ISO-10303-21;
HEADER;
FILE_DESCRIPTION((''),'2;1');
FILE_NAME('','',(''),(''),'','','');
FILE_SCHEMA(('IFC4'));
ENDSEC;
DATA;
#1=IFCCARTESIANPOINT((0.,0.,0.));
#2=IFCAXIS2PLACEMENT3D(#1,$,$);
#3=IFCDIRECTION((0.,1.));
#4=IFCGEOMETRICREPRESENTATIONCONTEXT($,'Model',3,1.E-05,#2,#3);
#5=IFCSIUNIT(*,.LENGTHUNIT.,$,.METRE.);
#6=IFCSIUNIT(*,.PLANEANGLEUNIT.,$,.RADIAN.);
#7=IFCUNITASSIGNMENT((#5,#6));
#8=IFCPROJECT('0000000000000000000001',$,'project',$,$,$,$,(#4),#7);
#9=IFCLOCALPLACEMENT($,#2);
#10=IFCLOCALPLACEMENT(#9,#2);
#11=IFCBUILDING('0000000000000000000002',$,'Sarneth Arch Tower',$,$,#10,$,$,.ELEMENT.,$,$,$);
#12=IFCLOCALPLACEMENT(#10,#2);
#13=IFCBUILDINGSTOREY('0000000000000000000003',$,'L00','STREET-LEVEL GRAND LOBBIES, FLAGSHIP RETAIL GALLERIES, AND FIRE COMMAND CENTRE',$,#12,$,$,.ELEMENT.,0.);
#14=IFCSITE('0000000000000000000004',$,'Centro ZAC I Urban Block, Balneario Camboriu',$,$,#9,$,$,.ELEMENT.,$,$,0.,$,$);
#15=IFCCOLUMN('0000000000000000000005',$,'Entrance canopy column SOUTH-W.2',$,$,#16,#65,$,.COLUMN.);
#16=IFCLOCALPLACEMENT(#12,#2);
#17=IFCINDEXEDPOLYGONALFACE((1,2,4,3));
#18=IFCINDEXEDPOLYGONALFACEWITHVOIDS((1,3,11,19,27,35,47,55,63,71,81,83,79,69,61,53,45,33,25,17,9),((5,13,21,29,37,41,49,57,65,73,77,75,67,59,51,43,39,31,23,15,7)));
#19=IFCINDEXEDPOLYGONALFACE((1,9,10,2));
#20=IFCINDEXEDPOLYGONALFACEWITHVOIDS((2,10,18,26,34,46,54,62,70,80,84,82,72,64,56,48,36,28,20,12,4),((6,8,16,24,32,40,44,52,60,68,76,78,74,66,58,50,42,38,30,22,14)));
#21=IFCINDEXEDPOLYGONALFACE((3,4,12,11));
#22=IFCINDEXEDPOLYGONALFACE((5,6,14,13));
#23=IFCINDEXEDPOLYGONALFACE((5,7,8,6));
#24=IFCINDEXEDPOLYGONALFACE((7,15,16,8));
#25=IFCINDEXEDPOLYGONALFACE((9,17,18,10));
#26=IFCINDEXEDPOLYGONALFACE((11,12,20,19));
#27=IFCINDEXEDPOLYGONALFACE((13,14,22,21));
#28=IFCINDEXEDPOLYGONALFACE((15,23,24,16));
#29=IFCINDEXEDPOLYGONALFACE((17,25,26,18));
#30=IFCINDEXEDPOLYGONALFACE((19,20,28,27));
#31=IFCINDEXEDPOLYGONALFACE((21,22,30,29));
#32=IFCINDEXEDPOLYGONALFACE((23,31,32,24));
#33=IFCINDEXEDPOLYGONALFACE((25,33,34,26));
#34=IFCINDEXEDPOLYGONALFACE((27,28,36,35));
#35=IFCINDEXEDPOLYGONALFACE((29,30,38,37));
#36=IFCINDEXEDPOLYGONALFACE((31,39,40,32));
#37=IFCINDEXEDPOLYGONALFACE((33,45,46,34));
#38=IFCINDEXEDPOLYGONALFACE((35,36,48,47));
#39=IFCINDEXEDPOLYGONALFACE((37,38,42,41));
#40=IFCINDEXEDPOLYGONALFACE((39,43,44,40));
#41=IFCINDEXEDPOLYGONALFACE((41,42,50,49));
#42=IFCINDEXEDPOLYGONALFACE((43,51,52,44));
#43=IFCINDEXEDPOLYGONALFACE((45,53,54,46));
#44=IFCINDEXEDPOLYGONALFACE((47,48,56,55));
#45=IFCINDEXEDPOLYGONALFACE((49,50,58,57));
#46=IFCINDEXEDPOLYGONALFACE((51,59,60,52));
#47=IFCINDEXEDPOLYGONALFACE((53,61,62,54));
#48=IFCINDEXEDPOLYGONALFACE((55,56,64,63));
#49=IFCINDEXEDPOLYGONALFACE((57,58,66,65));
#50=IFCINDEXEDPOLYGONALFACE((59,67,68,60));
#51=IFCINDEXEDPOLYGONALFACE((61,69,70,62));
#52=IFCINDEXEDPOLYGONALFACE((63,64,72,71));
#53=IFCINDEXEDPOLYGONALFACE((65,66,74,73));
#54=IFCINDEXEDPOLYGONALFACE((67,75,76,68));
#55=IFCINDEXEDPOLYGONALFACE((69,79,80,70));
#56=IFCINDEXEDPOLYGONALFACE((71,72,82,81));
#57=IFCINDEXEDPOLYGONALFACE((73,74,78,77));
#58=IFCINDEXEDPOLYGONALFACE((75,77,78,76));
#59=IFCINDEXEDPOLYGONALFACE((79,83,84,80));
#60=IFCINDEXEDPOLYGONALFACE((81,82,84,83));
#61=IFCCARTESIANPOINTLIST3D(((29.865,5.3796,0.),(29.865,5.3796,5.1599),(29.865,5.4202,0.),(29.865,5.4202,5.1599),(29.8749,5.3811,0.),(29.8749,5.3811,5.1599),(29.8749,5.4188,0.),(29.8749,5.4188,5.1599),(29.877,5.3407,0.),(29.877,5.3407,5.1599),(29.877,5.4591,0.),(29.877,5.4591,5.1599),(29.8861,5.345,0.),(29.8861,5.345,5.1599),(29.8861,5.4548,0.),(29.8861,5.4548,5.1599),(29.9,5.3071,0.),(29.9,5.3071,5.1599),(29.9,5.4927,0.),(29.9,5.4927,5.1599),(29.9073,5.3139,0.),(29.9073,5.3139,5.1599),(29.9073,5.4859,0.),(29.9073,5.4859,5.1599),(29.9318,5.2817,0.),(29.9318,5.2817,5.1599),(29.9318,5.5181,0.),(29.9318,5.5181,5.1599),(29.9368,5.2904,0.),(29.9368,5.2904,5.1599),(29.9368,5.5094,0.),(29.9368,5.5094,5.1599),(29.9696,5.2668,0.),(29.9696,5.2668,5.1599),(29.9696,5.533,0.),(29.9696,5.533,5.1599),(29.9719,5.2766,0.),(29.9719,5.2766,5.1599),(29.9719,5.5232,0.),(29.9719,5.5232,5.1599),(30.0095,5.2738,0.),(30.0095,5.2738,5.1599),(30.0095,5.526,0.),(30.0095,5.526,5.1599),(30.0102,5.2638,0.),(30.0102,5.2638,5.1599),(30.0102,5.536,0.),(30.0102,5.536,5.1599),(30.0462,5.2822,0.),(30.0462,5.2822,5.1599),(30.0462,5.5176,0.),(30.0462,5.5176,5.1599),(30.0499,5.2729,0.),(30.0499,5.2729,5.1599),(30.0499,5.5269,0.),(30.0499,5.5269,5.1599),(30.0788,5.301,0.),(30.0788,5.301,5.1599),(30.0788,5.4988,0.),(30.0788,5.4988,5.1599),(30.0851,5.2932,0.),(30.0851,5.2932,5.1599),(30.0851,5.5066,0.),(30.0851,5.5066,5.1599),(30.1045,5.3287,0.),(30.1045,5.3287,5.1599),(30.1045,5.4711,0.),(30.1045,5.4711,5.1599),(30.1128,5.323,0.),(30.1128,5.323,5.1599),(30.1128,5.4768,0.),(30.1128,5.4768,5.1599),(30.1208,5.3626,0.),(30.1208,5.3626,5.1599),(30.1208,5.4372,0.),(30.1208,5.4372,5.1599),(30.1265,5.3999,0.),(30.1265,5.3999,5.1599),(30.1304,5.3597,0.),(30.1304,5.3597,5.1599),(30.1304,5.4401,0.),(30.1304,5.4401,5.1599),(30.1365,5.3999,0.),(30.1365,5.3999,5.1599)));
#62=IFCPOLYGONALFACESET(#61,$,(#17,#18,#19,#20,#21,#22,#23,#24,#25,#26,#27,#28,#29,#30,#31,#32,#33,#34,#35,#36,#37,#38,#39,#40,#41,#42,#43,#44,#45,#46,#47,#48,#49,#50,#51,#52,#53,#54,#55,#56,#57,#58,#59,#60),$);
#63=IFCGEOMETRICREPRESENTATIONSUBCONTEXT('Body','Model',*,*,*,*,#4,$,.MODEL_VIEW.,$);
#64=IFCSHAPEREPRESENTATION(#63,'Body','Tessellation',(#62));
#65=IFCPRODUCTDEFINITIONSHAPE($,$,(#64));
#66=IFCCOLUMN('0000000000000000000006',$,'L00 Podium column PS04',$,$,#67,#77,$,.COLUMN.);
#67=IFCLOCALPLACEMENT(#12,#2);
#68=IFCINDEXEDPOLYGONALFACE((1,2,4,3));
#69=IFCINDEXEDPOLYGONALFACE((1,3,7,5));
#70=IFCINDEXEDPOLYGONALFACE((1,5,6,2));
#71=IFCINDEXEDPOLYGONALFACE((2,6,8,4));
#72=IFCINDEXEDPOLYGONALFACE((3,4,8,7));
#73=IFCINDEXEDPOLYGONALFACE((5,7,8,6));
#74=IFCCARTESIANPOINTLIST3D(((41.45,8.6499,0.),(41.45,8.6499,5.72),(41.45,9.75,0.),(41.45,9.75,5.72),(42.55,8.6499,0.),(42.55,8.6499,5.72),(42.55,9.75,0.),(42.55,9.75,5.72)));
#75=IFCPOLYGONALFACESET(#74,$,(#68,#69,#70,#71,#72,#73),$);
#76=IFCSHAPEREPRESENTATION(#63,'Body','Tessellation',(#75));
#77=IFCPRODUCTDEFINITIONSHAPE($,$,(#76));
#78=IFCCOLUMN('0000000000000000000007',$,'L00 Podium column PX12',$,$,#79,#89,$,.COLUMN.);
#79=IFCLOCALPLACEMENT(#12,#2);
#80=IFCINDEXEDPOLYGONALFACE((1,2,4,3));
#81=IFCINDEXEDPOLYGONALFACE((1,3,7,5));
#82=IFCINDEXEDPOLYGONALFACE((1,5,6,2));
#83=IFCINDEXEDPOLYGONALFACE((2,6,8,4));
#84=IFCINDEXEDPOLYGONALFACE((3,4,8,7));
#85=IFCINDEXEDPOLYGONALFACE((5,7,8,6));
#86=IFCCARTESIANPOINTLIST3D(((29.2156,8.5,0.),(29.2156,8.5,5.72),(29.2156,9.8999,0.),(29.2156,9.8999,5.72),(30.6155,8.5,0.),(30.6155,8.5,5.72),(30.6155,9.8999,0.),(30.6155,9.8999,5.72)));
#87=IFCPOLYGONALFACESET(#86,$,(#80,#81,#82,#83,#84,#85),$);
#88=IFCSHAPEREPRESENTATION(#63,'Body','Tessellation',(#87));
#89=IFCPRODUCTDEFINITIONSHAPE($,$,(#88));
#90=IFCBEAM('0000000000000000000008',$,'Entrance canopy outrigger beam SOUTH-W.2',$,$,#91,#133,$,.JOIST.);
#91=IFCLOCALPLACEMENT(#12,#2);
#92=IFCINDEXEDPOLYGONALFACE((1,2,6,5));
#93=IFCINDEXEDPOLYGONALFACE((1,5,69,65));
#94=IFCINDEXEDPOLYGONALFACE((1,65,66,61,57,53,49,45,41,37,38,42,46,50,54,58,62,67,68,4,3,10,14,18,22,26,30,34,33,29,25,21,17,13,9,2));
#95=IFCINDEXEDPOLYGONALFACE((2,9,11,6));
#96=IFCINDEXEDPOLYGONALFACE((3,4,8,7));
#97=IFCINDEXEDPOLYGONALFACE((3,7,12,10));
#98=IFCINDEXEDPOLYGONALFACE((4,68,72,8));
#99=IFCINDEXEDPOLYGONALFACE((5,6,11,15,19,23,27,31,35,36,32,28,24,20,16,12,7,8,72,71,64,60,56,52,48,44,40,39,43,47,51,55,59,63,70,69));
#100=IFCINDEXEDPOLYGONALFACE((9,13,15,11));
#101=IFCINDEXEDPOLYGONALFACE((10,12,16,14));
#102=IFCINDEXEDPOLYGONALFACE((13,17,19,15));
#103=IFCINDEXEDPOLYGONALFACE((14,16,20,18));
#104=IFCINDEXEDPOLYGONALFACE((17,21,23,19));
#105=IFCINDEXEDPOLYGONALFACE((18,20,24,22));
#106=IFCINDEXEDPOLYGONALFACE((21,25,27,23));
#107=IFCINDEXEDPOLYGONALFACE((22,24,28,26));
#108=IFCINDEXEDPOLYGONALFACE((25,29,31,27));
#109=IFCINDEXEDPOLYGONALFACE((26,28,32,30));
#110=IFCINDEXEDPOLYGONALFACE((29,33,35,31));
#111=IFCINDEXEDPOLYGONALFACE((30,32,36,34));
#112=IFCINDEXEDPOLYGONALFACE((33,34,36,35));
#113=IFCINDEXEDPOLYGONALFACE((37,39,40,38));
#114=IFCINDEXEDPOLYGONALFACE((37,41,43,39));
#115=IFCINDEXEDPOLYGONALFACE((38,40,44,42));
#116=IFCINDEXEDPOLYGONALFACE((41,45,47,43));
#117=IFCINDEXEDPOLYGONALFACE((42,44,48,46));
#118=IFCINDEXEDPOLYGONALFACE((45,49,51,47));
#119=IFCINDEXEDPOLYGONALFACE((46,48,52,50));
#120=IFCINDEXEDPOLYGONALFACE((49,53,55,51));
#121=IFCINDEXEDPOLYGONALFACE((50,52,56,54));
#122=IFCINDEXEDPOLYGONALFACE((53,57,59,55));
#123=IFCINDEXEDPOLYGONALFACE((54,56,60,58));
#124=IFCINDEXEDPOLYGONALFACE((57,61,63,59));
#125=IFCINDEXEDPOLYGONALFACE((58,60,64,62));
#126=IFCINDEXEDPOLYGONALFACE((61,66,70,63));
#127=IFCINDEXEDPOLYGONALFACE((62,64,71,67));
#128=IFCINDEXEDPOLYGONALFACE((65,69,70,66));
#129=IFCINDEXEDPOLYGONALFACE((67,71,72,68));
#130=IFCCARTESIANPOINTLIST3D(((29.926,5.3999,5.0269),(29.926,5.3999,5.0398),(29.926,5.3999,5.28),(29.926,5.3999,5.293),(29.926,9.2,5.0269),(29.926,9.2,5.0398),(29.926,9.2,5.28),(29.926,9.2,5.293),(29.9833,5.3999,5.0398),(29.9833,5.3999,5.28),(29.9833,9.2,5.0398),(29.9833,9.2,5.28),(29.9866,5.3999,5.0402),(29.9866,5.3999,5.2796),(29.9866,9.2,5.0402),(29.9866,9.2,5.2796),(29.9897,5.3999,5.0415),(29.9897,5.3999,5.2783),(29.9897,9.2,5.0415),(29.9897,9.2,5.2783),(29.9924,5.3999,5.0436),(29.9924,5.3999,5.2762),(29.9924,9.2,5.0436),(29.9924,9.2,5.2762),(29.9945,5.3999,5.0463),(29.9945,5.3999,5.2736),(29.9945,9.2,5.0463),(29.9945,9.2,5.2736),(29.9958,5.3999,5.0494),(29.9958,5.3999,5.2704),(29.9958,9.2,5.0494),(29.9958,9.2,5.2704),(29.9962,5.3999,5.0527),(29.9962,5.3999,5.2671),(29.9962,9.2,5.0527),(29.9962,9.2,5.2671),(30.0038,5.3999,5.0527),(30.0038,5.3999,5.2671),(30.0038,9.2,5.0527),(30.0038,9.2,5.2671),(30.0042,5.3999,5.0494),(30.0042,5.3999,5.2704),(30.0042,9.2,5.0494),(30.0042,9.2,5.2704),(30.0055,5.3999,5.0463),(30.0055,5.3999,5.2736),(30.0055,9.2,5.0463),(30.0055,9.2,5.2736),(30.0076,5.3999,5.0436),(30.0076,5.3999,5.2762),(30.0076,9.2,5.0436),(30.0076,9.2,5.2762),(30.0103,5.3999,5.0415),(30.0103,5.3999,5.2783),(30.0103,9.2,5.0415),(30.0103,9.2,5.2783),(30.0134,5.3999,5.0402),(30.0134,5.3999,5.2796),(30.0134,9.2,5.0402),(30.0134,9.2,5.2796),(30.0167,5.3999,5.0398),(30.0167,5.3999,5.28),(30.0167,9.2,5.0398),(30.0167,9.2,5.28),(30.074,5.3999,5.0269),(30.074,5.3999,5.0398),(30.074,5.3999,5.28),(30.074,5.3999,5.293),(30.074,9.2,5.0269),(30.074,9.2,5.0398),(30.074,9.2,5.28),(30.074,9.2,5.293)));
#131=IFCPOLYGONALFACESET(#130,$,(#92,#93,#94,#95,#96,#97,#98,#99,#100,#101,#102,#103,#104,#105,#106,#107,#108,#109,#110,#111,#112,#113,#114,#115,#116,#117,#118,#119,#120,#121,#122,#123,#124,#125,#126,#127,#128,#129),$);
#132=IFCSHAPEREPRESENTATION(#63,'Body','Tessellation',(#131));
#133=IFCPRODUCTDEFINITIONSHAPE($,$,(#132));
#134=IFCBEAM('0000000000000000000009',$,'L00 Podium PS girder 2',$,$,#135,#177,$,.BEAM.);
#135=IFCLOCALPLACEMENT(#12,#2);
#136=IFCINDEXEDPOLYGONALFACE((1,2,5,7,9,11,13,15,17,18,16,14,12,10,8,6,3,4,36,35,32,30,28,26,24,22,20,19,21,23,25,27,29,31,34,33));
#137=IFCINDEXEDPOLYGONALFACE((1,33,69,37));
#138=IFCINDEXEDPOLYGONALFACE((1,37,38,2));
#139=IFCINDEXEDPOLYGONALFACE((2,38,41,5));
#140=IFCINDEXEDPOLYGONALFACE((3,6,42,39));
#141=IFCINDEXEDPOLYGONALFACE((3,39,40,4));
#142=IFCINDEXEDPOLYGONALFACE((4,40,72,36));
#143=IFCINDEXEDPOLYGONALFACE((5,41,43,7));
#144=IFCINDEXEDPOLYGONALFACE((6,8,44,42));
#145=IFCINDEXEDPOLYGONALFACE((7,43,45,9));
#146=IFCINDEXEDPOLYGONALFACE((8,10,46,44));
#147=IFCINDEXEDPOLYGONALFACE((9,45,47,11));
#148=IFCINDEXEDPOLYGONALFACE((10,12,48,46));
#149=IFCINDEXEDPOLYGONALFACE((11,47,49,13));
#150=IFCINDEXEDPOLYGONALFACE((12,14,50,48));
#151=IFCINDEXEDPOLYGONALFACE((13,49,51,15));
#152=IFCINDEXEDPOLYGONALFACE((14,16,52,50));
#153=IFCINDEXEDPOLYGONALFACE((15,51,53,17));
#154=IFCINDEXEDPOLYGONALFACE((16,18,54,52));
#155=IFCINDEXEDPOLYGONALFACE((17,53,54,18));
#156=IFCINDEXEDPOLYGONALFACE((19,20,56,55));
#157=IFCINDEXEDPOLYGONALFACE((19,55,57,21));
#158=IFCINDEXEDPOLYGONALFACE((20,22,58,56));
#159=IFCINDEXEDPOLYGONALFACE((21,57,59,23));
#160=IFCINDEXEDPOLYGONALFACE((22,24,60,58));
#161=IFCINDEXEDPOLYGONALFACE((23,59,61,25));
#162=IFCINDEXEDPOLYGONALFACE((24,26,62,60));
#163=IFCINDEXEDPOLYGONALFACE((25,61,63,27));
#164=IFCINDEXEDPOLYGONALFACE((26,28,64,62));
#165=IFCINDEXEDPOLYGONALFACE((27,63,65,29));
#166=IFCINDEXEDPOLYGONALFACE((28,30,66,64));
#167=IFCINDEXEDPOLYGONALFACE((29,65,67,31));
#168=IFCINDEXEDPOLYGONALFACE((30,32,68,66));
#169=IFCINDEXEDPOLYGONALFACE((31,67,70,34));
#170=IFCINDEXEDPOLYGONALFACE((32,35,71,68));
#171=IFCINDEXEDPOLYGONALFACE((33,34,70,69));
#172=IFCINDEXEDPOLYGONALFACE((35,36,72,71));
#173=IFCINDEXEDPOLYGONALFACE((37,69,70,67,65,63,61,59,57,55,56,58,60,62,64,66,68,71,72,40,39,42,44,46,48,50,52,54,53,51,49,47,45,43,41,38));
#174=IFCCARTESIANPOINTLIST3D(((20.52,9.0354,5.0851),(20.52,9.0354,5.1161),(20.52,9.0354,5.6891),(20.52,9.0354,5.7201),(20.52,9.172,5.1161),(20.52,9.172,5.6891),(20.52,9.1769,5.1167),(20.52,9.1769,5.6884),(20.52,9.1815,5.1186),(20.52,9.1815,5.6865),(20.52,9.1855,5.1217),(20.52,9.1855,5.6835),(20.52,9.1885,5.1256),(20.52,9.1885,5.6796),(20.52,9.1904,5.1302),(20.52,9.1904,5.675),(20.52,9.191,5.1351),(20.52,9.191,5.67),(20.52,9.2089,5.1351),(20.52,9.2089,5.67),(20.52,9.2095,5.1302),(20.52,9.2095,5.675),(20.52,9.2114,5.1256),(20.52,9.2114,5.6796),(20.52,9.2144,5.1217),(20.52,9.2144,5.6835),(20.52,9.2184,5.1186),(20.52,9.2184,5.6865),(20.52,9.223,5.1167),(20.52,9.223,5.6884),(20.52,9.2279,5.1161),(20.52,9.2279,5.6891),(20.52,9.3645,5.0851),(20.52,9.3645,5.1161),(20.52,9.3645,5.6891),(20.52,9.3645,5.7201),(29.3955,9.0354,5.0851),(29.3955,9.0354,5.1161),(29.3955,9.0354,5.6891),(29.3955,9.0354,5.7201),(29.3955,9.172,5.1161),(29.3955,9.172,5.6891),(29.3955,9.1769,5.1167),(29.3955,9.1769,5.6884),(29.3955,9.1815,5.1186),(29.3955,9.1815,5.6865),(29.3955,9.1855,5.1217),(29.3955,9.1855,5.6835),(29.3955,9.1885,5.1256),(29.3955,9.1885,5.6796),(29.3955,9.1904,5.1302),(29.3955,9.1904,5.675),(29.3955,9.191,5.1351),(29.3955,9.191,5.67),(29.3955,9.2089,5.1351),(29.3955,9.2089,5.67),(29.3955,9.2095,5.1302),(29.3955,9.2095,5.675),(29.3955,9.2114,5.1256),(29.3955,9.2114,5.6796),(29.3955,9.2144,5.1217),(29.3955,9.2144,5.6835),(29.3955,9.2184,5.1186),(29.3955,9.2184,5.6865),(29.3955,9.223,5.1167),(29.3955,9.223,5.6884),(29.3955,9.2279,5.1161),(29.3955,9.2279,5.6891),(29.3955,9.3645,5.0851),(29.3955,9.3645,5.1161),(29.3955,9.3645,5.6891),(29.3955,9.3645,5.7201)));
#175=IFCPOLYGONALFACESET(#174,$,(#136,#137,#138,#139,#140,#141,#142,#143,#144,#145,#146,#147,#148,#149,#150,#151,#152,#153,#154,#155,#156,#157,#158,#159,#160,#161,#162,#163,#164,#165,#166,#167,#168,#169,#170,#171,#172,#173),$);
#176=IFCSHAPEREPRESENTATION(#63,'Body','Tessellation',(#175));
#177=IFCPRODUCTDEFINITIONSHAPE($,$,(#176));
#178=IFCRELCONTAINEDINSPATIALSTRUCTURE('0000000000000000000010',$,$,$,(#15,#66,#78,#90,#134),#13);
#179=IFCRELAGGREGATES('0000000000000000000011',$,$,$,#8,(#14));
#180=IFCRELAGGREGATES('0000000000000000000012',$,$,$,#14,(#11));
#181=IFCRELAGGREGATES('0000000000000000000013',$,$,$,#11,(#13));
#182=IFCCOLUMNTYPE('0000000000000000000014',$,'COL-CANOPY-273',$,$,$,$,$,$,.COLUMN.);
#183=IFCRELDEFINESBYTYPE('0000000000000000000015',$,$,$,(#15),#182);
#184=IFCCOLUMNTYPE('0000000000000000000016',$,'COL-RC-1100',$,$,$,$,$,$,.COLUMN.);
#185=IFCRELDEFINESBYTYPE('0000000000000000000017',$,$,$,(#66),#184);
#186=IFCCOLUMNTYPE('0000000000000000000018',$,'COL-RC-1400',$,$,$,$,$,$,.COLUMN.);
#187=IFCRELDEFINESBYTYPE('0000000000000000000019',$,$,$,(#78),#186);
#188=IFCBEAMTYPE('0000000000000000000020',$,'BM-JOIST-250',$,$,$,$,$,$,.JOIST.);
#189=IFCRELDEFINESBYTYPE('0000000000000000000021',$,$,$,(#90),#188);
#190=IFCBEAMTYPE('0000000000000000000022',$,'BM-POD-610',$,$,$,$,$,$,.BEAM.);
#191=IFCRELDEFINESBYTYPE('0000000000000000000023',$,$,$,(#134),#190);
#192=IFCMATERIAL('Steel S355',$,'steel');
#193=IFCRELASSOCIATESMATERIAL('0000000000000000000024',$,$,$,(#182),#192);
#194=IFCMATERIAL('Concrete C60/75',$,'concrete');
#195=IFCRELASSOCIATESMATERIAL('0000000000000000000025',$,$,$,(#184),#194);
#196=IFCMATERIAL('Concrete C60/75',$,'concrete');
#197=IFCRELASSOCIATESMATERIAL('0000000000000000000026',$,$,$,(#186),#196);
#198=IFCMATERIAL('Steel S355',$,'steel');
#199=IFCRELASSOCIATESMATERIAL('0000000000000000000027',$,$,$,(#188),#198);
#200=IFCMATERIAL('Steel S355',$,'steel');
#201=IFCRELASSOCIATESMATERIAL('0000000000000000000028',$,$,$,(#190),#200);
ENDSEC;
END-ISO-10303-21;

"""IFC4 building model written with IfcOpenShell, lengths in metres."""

from ifc_helpers import new_model, si_unit, direction, frame, origin, origin_2d, place, context, subcontext, project, spatial, rectangle, hollow_circle, i_section, extrude, material, material_profile, profile_set, type_object, element, save


model = new_model("IFC4")

# Units and contexts
model_context = context("Model", 3, precision=1e-05, world=origin(), true_north=direction((0.0, 1.0)))
body_context = subcontext(model_context, "Body", "Model", "MODEL_VIEW")
ifc_project = project(units=[si_unit("LENGTHUNIT", "METRE"), si_unit("PLANEANGLEUNIT", "RADIAN")], contexts=[model_context])

# Site, building, storey
site_placement = place(None, origin())
site = spatial("IfcSite", under=ifc_project, at=site_placement, Name="Centro ZAC I Urban Block, Balneario Camboriu", CompositionType="ELEMENT", RefElevation=0.0)
building_placement = place(site_placement, origin())
building = spatial("IfcBuilding", under=site, at=building_placement, Name="Sarneth Arch Tower", CompositionType="ELEMENT")
storey_placement = place(building_placement, origin())
storey = spatial("IfcBuildingStorey", under=building, at=storey_placement, Name="L00", Description="STREET-LEVEL GRAND LOBBIES, FLAGSHIP RETAIL GALLERIES, AND FIRE COMMAND CENTRE", CompositionType="ELEMENT", Elevation=0.0)

# Columns
ifc_material_1 = material(Name="Steel S355", Category="steel")
ifc_material_profile_1 = material_profile(ifc_material_1, hollow_circle(Radius=0.1365, WallThickness=0.01, at=origin_2d()), Name="CHS273x10")
ifc_profile_set_1 = profile_set([ifc_material_profile_1], Name="Steel S355")
column_type_1 = type_object("IfcColumnType", Name="COL-CANOPY-273", PredefinedType="COLUMN", material=ifc_profile_set_1)
column_1_placement = place(storey_placement, frame((30.0, 5.3999, 0.0), z_axis=(0.0, 0.0, 1.0), x_axis=(1.0, 0.0, 0.0)))
element("IfcColumn", 1, at=column_1_placement, inside=storey, type_object=column_type_1, Name="Entrance canopy column SOUTH-W.2", PredefinedType="COLUMN", context=body_context, shape_type="SweptSolid", body=[
    extrude(hollow_circle(Radius=0.1365, WallThickness=0.01, at=origin_2d()), origin(), (0.0, 0.0, 1.0), 5.1599),
])
ifc_material_2 = material(Name="Concrete C60/75", Category="concrete")
ifc_material_profile_2 = material_profile(ifc_material_2, rectangle(XDim=1.1001, YDim=1.1001, at=origin_2d()), Name="RC-1100x1100")
ifc_profile_set_2 = profile_set([ifc_material_profile_2], Name="Concrete C60/75")
column_type_2 = type_object("IfcColumnType", Name="COL-RC-1100", PredefinedType="COLUMN", material=ifc_profile_set_2)
column_2_placement = place(storey_placement, frame((42.0, 9.2, 0.0), z_axis=(0.0, 0.0, 1.0), x_axis=(1.0, 0.0, 0.0)))
element("IfcColumn", 2, at=column_2_placement, inside=storey, type_object=column_type_2, Name="L00 Podium column PS04", PredefinedType="COLUMN", context=body_context, shape_type="SweptSolid", body=[
    extrude(rectangle(XDim=1.1001, YDim=1.1001, at=origin_2d()), origin(), (0.0, 0.0, 1.0), 5.72),
])
ifc_material_3 = material(Name="Concrete C60/75", Category="concrete")
ifc_material_profile_3 = material_profile(ifc_material_3, rectangle(XDim=1.3999, YDim=1.3999, at=origin_2d()), Name="RC-1400x1400")
ifc_profile_set_3 = profile_set([ifc_material_profile_3], Name="Concrete C60/75")
column_type_3 = type_object("IfcColumnType", Name="COL-RC-1400", PredefinedType="COLUMN", material=ifc_profile_set_3)
column_3_placement = place(storey_placement, frame((29.9155, 9.2, 0.0), z_axis=(0.0, 0.0, 1.0), x_axis=(1.0, 0.0, 0.0)))
element("IfcColumn", 3, at=column_3_placement, inside=storey, type_object=column_type_3, Name="L00 Podium column PX12", PredefinedType="COLUMN", context=body_context, shape_type="SweptSolid", body=[
    extrude(rectangle(XDim=1.3999, YDim=1.3999, at=origin_2d()), origin(), (0.0, 0.0, 1.0), 5.72),
])

# Beams
ifc_material_4 = material(Name="Steel S355", Category="steel")
ifc_material_profile_4 = material_profile(ifc_material_4, i_section(OverallWidth=0.1479, OverallDepth=0.2661, WebThickness=0.0076, FlangeThickness=0.0129, FilletRadius=0.0129, at=origin_2d()), Name="W250x44.8")
ifc_profile_set_4 = profile_set([ifc_material_profile_4], Name="Steel S355")
beam_type_1 = type_object("IfcBeamType", Name="BM-JOIST-250", PredefinedType="JOIST", material=ifc_profile_set_4)
beam_1_placement = place(storey_placement, frame((30.0, 9.2, 5.1599), z_axis=(0.0, -1.0, 0.0), x_axis=(1.0, 0.0, 0.0)))
element("IfcBeam", 4, at=beam_1_placement, inside=storey, type_object=beam_type_1, Name="Entrance canopy outrigger beam SOUTH-W.2", PredefinedType="JOIST", context=body_context, shape_type="SweptSolid", body=[
    extrude(i_section(OverallWidth=0.1479, OverallDepth=0.2661, WebThickness=0.0076, FlangeThickness=0.0129, FilletRadius=0.0129, at=origin_2d()), origin(), (0.0, 0.0, 1.0), 3.8),
])
ifc_material_5 = material(Name="Steel S355", Category="steel")
ifc_material_profile_5 = material_profile(ifc_material_5, i_section(OverallWidth=0.3291, OverallDepth=0.635, WebThickness=0.0178, FlangeThickness=0.031, FilletRadius=0.019, at=origin_2d()), Name="W610x241")
ifc_profile_set_5 = profile_set([ifc_material_profile_5], Name="Steel S355")
beam_type_2 = type_object("IfcBeamType", Name="BM-POD-610", PredefinedType="BEAM", material=ifc_profile_set_5)
beam_2_placement = place(storey_placement, frame((20.52, 9.2, 5.4026), z_axis=(1.0, 0.0, 0.0), x_axis=(0.0, 1.0, 0.0)))
element("IfcBeam", 5, at=beam_2_placement, inside=storey, type_object=beam_type_2, Name="L00 Podium PS girder 2", PredefinedType="BEAM", context=body_context, shape_type="SweptSolid", body=[
    extrude(i_section(OverallWidth=0.3291, OverallDepth=0.635, WebThickness=0.0178, FlangeThickness=0.031, FilletRadius=0.019, at=origin_2d()), origin(), (0.0, 0.0, 1.0), 8.8755),
])

save(model, "model.ifc")
